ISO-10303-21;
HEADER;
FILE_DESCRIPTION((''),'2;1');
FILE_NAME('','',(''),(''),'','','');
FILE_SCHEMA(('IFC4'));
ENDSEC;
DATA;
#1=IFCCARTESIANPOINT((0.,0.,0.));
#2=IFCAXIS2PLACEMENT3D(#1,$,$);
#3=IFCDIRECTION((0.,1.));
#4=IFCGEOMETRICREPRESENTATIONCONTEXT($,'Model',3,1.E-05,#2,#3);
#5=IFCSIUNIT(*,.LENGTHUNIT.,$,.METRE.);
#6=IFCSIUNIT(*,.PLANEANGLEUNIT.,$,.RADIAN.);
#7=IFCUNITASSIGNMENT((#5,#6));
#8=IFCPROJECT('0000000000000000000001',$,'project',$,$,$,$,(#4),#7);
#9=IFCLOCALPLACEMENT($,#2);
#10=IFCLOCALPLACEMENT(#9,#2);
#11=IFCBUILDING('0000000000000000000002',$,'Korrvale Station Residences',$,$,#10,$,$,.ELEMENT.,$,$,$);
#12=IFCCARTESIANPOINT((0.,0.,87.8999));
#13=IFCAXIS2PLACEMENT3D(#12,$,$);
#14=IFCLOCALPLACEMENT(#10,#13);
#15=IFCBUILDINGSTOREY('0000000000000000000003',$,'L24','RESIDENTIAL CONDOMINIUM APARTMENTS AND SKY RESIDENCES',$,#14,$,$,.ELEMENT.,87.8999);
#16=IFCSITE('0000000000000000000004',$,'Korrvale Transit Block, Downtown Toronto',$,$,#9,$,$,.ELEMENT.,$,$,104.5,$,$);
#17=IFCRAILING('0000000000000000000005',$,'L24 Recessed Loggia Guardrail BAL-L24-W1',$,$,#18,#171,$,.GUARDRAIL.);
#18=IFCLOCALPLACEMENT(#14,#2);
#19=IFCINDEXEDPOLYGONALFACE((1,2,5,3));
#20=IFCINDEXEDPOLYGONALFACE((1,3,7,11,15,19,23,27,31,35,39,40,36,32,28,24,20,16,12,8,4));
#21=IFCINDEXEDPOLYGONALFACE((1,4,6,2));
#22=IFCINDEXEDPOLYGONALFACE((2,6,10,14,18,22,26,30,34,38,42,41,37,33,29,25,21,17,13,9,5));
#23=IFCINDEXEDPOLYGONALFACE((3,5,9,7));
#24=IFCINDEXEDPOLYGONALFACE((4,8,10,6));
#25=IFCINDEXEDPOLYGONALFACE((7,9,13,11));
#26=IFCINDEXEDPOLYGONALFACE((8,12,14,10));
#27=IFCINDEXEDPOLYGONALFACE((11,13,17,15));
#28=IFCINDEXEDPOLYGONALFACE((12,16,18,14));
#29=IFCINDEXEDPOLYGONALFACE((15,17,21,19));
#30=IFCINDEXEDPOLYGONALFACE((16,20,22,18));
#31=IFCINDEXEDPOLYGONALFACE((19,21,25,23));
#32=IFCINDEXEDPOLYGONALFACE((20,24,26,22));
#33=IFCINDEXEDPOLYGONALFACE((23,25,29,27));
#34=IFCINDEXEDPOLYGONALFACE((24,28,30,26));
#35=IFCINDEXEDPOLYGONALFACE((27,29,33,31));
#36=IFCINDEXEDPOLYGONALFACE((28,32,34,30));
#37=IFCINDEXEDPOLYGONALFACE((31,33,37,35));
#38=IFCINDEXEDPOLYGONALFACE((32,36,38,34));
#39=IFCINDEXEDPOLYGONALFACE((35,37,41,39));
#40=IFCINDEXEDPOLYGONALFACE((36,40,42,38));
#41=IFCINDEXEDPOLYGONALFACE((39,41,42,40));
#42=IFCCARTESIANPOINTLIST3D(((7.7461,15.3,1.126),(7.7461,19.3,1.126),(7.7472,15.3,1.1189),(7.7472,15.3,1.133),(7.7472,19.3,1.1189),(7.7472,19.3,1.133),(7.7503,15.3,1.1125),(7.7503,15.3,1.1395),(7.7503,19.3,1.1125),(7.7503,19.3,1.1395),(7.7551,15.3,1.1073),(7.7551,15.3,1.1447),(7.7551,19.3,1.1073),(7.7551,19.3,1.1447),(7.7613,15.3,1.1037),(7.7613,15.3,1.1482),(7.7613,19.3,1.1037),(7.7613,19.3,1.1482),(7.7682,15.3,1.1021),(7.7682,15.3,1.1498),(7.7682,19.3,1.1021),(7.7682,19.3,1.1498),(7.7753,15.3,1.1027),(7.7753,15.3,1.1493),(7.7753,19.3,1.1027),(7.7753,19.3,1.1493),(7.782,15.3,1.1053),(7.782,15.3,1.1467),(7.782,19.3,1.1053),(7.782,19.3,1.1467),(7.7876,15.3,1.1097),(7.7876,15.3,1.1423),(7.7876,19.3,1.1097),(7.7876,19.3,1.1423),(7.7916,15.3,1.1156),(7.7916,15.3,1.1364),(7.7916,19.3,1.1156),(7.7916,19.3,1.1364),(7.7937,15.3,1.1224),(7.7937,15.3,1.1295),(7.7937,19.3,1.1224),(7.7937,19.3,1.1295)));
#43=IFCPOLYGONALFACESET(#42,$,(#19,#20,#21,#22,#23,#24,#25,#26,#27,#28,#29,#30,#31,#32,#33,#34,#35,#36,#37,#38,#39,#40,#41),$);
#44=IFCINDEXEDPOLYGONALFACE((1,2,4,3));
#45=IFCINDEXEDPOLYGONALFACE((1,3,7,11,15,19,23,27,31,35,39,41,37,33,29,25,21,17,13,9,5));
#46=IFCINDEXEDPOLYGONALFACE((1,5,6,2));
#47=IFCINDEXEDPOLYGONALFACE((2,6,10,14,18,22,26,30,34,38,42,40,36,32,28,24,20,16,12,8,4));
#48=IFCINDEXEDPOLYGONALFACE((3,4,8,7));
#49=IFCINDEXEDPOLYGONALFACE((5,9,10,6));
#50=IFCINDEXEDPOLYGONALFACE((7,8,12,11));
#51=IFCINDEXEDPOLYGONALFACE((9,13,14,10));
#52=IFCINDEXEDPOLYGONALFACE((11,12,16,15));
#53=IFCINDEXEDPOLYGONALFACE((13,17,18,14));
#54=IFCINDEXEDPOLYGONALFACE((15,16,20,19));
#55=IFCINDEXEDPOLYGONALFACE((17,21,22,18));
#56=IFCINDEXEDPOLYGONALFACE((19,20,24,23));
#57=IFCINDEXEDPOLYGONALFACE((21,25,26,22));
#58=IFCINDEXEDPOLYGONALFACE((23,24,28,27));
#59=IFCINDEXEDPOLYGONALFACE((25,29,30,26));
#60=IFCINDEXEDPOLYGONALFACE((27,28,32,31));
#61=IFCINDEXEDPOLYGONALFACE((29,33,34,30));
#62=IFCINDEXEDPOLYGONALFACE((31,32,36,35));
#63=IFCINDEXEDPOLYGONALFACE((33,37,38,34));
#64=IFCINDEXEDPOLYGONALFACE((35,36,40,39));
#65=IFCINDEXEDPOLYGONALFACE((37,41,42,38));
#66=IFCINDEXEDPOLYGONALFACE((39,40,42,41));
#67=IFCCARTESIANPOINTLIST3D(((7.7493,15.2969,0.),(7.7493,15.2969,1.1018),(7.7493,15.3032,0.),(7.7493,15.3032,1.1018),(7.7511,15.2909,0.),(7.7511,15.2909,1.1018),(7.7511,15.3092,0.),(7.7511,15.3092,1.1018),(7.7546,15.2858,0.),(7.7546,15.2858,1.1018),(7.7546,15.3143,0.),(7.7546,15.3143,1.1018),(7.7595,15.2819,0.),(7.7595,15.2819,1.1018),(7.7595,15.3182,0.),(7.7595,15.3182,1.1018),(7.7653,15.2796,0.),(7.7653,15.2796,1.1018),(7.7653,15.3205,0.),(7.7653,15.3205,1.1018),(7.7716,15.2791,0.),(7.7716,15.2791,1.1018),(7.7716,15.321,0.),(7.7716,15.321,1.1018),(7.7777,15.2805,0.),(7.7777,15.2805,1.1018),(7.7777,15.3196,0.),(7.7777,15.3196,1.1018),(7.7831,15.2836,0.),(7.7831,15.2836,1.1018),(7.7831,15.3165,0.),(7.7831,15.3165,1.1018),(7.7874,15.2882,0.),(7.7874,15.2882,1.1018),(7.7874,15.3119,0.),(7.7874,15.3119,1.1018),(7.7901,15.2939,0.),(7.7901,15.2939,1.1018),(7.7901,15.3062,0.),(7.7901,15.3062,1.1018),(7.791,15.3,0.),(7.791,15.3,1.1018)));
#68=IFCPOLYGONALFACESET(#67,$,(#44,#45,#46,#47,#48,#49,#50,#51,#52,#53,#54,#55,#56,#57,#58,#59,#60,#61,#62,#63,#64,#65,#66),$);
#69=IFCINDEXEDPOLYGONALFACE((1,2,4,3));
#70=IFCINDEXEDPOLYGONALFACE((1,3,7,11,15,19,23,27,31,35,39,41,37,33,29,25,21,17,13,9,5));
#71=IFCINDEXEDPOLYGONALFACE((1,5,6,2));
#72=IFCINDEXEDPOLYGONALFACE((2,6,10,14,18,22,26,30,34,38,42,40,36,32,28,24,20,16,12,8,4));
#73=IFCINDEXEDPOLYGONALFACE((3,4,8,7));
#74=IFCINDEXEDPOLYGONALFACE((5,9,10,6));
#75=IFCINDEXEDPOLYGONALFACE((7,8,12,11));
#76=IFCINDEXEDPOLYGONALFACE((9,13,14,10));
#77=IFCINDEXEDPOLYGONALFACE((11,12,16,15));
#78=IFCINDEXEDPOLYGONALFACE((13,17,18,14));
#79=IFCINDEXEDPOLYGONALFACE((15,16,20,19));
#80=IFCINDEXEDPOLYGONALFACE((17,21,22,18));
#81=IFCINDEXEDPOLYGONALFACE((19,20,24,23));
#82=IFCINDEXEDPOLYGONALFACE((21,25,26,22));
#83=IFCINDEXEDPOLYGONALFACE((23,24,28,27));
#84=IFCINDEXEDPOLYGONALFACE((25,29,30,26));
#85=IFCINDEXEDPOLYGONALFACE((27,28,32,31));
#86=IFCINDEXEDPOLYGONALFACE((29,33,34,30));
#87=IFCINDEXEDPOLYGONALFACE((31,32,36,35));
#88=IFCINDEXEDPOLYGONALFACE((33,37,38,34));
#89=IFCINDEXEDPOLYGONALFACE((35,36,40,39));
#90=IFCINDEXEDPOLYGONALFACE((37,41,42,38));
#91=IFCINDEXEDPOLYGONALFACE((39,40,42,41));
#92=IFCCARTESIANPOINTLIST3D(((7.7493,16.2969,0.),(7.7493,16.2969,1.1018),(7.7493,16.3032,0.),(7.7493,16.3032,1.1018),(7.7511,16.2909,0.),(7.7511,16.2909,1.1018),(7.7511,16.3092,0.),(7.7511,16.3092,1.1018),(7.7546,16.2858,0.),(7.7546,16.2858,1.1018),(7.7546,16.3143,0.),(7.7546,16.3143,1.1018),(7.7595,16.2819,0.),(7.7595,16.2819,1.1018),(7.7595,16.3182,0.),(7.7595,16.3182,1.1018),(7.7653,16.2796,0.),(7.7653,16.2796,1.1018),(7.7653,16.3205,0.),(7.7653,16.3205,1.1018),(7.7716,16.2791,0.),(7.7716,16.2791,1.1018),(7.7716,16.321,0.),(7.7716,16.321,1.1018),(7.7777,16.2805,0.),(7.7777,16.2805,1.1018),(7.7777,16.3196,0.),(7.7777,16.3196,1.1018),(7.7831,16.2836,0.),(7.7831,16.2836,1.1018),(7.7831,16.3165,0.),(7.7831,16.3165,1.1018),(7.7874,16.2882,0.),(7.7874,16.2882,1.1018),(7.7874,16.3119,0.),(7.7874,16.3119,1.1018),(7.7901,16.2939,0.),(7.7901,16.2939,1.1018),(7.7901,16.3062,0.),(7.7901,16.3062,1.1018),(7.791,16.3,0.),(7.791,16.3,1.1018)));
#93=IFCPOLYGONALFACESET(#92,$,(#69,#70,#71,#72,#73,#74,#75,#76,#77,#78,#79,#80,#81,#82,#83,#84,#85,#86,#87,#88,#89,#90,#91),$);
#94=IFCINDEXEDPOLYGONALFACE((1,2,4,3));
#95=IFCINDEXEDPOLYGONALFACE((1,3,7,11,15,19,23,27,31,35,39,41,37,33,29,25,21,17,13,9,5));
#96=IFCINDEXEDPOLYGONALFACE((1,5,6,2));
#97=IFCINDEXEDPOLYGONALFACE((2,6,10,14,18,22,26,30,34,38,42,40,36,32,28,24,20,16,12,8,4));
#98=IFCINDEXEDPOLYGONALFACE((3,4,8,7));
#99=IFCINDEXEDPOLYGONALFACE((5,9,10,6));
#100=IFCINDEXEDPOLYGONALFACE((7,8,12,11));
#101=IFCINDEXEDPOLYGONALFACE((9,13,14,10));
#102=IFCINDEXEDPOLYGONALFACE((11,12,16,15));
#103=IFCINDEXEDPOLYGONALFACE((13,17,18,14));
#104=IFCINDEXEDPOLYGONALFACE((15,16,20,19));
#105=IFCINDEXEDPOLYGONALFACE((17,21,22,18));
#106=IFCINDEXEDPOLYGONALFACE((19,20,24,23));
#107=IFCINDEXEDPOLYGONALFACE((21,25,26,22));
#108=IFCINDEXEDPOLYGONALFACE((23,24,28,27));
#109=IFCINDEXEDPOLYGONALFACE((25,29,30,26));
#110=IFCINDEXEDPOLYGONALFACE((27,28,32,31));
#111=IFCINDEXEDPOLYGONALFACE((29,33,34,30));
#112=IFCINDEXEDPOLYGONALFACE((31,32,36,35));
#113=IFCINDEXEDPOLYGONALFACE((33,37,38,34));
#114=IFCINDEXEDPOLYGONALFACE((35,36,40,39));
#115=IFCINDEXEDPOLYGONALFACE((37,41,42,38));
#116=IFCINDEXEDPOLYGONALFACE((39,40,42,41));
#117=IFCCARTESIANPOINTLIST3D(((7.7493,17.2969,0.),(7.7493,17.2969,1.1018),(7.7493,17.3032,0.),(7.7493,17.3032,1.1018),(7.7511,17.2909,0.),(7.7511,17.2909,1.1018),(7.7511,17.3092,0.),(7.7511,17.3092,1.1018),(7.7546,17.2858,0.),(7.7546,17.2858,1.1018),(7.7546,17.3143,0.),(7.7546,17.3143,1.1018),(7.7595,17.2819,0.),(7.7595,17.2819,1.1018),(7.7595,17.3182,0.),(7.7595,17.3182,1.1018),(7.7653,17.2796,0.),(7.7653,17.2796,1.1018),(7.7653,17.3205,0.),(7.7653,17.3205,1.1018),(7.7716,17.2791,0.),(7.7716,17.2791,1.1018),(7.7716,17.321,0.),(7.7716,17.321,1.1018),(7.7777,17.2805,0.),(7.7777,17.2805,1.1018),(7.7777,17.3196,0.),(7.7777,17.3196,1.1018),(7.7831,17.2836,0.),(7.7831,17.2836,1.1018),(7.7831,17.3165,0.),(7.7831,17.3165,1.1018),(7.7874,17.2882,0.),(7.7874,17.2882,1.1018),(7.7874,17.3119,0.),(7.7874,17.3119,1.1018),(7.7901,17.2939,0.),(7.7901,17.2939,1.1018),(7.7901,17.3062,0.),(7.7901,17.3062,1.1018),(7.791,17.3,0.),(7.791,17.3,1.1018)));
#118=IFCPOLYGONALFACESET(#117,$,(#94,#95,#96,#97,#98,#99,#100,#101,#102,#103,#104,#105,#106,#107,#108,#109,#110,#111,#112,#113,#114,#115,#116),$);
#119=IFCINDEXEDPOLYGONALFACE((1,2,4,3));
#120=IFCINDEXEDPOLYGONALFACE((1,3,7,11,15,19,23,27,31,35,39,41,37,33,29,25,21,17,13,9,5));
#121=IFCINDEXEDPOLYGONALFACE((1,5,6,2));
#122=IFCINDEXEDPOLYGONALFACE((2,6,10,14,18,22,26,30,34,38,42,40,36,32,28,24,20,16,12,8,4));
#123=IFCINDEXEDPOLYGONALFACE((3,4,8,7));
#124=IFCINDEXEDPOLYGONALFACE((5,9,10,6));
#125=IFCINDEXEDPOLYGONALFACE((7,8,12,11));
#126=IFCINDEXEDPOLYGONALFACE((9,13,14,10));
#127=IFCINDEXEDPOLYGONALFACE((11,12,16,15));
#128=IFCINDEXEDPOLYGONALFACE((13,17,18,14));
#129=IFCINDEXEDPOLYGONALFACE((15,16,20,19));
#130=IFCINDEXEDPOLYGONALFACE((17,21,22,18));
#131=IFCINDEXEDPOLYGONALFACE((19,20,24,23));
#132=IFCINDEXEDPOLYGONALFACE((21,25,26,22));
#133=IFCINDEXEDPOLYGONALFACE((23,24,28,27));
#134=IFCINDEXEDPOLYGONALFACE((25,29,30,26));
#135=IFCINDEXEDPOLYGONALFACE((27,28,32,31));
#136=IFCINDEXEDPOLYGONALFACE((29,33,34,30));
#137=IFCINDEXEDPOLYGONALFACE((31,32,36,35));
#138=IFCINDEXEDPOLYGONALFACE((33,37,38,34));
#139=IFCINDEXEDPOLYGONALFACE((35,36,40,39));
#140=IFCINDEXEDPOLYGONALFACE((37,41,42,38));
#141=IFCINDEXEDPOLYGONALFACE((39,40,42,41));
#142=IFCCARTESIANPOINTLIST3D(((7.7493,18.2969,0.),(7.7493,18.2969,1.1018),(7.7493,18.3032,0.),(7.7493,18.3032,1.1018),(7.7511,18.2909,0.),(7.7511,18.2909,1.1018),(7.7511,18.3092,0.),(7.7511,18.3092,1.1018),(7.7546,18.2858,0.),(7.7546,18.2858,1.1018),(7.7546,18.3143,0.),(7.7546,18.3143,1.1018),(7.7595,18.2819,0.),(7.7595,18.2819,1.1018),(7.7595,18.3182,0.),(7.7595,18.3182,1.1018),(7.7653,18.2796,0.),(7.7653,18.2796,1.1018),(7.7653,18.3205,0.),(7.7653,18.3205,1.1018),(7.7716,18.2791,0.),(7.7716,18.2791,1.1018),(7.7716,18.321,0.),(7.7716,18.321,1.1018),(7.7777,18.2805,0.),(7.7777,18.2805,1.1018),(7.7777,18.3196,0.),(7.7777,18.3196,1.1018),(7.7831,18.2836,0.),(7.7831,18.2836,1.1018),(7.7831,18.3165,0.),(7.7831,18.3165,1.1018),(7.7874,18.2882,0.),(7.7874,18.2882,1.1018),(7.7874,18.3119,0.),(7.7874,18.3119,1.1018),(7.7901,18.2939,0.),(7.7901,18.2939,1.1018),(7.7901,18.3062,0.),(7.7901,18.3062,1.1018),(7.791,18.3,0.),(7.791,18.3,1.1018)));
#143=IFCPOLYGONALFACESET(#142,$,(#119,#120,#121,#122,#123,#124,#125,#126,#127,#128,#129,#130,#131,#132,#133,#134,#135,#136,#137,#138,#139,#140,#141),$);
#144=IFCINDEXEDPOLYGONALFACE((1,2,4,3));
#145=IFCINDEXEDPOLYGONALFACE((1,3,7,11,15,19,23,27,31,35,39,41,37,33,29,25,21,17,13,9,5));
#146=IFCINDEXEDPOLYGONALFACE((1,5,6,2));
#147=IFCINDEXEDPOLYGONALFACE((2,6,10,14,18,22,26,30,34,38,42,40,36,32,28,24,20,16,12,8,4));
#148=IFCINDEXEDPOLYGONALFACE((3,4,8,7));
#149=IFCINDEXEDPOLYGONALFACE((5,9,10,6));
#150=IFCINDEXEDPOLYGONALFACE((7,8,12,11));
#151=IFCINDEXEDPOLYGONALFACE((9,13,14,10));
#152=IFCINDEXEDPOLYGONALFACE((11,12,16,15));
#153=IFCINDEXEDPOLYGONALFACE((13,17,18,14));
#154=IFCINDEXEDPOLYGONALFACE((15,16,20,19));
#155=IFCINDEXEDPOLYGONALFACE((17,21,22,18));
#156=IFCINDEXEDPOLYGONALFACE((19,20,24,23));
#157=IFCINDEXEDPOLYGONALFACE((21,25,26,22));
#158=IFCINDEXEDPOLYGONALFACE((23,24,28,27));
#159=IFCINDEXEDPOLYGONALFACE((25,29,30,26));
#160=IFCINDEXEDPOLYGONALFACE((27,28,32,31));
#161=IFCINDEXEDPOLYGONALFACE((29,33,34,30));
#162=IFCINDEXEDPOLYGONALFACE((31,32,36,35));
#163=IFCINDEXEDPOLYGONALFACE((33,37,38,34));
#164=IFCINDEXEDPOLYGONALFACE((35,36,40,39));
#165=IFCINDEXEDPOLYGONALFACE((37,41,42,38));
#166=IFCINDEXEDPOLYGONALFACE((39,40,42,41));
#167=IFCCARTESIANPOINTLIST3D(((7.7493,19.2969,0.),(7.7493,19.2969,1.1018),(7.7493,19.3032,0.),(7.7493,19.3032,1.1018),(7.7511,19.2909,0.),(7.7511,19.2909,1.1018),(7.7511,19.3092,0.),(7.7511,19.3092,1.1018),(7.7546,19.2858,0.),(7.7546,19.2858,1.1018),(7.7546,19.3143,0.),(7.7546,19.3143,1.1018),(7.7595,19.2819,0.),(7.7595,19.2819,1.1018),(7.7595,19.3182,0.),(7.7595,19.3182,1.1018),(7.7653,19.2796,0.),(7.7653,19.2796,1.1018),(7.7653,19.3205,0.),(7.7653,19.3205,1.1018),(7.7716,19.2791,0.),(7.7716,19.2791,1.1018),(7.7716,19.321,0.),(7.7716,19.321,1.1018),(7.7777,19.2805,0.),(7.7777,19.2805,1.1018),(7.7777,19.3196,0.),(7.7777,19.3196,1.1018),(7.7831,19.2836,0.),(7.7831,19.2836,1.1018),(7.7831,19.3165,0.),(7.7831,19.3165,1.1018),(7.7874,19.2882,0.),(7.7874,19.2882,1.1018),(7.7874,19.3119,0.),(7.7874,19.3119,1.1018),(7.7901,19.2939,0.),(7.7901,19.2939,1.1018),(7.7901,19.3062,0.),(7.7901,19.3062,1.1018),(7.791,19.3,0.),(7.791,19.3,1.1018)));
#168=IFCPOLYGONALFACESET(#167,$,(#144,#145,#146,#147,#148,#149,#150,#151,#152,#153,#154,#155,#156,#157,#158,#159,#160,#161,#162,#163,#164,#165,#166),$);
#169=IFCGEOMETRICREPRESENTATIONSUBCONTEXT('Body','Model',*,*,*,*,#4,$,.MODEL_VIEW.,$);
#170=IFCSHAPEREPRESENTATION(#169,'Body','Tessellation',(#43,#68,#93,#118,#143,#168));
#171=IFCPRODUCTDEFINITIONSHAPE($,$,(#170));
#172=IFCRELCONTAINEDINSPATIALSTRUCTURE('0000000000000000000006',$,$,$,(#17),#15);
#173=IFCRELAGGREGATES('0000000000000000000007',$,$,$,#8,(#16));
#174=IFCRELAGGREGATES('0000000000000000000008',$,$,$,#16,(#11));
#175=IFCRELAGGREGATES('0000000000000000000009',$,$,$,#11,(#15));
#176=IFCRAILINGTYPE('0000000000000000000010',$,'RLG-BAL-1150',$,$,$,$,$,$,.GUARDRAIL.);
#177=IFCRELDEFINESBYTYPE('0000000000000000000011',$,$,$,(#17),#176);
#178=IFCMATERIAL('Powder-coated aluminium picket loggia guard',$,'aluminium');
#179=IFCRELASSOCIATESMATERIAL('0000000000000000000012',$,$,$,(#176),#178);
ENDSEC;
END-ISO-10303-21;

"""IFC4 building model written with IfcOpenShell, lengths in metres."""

from ifc_helpers import new_model, si_unit, direction, frame, origin, origin_2d, place, context, subcontext, project, spatial, circle, extrude, material, type_object, element, save


model = new_model("IFC4")

# Units and contexts
model_context = context("Model", 3, precision=1e-05, world=origin(), true_north=direction((0.0, 1.0)))
body_context = subcontext(model_context, "Body", "Model", "MODEL_VIEW")
ifc_project = project(units=[si_unit("LENGTHUNIT", "METRE"), si_unit("PLANEANGLEUNIT", "RADIAN")], contexts=[model_context])

# Site, building, storey
site_placement = place(None, origin())
site = spatial("IfcSite", under=ifc_project, at=site_placement, Name="Korrvale Transit Block, Downtown Toronto", CompositionType="ELEMENT", RefElevation=104.5)
building_placement = place(site_placement, origin())
building = spatial("IfcBuilding", under=site, at=building_placement, Name="Korrvale Station Residences", CompositionType="ELEMENT")
storey_placement = place(building_placement, frame((0.0, 0.0, 87.8999)))
storey = spatial("IfcBuildingStorey", under=building, at=storey_placement, Name="L24", Description="RESIDENTIAL CONDOMINIUM APARTMENTS AND SKY RESIDENCES", CompositionType="ELEMENT", Elevation=87.8999)

# Railing
ifc_material_1 = material(Name="Powder-coated aluminium picket loggia guard", Category="aluminium")
railing_type = type_object("IfcRailingType", Name="RLG-BAL-1150", PredefinedType="GUARDRAIL", material=ifc_material_1)
railing_placement = place(storey_placement, frame((7.77, 15.3, 0.0)))
element("IfcRailing", 1, at=railing_placement, inside=storey, type_object=railing_type, Name="L24 Recessed Loggia Guardrail BAL-L24-W1", PredefinedType="GUARDRAIL", context=body_context, shape_type="SweptSolid", body=[
    extrude(circle(Radius=0.0239, at=origin_2d()), frame((0.0, 0.0, 1.126), z_axis=(0.0, 1.0, 0.0), x_axis=(-1.0, 0.0, 0.0)), (0.0, 0.0, 1.0), 4.0),
    extrude(circle(Radius=0.021, at=origin_2d()), origin(), (0.0, 0.0, 1.0), 1.1018),
    extrude(circle(Radius=0.021, at=origin_2d()), frame((0.0, 1.0, 0.0)), (0.0, 0.0, 1.0), 1.1018),
    extrude(circle(Radius=0.021, at=origin_2d()), frame((0.0, 2.0, 0.0)), (0.0, 0.0, 1.0), 1.1018),
    extrude(circle(Radius=0.021, at=origin_2d()), frame((0.0, 3.0, 0.0)), (0.0, 0.0, 1.0), 1.1018),
    extrude(circle(Radius=0.021, at=origin_2d()), frame((0.0, 4.0, 0.0)), (0.0, 0.0, 1.0), 1.1018),
])

save(model, "model.ifc")
